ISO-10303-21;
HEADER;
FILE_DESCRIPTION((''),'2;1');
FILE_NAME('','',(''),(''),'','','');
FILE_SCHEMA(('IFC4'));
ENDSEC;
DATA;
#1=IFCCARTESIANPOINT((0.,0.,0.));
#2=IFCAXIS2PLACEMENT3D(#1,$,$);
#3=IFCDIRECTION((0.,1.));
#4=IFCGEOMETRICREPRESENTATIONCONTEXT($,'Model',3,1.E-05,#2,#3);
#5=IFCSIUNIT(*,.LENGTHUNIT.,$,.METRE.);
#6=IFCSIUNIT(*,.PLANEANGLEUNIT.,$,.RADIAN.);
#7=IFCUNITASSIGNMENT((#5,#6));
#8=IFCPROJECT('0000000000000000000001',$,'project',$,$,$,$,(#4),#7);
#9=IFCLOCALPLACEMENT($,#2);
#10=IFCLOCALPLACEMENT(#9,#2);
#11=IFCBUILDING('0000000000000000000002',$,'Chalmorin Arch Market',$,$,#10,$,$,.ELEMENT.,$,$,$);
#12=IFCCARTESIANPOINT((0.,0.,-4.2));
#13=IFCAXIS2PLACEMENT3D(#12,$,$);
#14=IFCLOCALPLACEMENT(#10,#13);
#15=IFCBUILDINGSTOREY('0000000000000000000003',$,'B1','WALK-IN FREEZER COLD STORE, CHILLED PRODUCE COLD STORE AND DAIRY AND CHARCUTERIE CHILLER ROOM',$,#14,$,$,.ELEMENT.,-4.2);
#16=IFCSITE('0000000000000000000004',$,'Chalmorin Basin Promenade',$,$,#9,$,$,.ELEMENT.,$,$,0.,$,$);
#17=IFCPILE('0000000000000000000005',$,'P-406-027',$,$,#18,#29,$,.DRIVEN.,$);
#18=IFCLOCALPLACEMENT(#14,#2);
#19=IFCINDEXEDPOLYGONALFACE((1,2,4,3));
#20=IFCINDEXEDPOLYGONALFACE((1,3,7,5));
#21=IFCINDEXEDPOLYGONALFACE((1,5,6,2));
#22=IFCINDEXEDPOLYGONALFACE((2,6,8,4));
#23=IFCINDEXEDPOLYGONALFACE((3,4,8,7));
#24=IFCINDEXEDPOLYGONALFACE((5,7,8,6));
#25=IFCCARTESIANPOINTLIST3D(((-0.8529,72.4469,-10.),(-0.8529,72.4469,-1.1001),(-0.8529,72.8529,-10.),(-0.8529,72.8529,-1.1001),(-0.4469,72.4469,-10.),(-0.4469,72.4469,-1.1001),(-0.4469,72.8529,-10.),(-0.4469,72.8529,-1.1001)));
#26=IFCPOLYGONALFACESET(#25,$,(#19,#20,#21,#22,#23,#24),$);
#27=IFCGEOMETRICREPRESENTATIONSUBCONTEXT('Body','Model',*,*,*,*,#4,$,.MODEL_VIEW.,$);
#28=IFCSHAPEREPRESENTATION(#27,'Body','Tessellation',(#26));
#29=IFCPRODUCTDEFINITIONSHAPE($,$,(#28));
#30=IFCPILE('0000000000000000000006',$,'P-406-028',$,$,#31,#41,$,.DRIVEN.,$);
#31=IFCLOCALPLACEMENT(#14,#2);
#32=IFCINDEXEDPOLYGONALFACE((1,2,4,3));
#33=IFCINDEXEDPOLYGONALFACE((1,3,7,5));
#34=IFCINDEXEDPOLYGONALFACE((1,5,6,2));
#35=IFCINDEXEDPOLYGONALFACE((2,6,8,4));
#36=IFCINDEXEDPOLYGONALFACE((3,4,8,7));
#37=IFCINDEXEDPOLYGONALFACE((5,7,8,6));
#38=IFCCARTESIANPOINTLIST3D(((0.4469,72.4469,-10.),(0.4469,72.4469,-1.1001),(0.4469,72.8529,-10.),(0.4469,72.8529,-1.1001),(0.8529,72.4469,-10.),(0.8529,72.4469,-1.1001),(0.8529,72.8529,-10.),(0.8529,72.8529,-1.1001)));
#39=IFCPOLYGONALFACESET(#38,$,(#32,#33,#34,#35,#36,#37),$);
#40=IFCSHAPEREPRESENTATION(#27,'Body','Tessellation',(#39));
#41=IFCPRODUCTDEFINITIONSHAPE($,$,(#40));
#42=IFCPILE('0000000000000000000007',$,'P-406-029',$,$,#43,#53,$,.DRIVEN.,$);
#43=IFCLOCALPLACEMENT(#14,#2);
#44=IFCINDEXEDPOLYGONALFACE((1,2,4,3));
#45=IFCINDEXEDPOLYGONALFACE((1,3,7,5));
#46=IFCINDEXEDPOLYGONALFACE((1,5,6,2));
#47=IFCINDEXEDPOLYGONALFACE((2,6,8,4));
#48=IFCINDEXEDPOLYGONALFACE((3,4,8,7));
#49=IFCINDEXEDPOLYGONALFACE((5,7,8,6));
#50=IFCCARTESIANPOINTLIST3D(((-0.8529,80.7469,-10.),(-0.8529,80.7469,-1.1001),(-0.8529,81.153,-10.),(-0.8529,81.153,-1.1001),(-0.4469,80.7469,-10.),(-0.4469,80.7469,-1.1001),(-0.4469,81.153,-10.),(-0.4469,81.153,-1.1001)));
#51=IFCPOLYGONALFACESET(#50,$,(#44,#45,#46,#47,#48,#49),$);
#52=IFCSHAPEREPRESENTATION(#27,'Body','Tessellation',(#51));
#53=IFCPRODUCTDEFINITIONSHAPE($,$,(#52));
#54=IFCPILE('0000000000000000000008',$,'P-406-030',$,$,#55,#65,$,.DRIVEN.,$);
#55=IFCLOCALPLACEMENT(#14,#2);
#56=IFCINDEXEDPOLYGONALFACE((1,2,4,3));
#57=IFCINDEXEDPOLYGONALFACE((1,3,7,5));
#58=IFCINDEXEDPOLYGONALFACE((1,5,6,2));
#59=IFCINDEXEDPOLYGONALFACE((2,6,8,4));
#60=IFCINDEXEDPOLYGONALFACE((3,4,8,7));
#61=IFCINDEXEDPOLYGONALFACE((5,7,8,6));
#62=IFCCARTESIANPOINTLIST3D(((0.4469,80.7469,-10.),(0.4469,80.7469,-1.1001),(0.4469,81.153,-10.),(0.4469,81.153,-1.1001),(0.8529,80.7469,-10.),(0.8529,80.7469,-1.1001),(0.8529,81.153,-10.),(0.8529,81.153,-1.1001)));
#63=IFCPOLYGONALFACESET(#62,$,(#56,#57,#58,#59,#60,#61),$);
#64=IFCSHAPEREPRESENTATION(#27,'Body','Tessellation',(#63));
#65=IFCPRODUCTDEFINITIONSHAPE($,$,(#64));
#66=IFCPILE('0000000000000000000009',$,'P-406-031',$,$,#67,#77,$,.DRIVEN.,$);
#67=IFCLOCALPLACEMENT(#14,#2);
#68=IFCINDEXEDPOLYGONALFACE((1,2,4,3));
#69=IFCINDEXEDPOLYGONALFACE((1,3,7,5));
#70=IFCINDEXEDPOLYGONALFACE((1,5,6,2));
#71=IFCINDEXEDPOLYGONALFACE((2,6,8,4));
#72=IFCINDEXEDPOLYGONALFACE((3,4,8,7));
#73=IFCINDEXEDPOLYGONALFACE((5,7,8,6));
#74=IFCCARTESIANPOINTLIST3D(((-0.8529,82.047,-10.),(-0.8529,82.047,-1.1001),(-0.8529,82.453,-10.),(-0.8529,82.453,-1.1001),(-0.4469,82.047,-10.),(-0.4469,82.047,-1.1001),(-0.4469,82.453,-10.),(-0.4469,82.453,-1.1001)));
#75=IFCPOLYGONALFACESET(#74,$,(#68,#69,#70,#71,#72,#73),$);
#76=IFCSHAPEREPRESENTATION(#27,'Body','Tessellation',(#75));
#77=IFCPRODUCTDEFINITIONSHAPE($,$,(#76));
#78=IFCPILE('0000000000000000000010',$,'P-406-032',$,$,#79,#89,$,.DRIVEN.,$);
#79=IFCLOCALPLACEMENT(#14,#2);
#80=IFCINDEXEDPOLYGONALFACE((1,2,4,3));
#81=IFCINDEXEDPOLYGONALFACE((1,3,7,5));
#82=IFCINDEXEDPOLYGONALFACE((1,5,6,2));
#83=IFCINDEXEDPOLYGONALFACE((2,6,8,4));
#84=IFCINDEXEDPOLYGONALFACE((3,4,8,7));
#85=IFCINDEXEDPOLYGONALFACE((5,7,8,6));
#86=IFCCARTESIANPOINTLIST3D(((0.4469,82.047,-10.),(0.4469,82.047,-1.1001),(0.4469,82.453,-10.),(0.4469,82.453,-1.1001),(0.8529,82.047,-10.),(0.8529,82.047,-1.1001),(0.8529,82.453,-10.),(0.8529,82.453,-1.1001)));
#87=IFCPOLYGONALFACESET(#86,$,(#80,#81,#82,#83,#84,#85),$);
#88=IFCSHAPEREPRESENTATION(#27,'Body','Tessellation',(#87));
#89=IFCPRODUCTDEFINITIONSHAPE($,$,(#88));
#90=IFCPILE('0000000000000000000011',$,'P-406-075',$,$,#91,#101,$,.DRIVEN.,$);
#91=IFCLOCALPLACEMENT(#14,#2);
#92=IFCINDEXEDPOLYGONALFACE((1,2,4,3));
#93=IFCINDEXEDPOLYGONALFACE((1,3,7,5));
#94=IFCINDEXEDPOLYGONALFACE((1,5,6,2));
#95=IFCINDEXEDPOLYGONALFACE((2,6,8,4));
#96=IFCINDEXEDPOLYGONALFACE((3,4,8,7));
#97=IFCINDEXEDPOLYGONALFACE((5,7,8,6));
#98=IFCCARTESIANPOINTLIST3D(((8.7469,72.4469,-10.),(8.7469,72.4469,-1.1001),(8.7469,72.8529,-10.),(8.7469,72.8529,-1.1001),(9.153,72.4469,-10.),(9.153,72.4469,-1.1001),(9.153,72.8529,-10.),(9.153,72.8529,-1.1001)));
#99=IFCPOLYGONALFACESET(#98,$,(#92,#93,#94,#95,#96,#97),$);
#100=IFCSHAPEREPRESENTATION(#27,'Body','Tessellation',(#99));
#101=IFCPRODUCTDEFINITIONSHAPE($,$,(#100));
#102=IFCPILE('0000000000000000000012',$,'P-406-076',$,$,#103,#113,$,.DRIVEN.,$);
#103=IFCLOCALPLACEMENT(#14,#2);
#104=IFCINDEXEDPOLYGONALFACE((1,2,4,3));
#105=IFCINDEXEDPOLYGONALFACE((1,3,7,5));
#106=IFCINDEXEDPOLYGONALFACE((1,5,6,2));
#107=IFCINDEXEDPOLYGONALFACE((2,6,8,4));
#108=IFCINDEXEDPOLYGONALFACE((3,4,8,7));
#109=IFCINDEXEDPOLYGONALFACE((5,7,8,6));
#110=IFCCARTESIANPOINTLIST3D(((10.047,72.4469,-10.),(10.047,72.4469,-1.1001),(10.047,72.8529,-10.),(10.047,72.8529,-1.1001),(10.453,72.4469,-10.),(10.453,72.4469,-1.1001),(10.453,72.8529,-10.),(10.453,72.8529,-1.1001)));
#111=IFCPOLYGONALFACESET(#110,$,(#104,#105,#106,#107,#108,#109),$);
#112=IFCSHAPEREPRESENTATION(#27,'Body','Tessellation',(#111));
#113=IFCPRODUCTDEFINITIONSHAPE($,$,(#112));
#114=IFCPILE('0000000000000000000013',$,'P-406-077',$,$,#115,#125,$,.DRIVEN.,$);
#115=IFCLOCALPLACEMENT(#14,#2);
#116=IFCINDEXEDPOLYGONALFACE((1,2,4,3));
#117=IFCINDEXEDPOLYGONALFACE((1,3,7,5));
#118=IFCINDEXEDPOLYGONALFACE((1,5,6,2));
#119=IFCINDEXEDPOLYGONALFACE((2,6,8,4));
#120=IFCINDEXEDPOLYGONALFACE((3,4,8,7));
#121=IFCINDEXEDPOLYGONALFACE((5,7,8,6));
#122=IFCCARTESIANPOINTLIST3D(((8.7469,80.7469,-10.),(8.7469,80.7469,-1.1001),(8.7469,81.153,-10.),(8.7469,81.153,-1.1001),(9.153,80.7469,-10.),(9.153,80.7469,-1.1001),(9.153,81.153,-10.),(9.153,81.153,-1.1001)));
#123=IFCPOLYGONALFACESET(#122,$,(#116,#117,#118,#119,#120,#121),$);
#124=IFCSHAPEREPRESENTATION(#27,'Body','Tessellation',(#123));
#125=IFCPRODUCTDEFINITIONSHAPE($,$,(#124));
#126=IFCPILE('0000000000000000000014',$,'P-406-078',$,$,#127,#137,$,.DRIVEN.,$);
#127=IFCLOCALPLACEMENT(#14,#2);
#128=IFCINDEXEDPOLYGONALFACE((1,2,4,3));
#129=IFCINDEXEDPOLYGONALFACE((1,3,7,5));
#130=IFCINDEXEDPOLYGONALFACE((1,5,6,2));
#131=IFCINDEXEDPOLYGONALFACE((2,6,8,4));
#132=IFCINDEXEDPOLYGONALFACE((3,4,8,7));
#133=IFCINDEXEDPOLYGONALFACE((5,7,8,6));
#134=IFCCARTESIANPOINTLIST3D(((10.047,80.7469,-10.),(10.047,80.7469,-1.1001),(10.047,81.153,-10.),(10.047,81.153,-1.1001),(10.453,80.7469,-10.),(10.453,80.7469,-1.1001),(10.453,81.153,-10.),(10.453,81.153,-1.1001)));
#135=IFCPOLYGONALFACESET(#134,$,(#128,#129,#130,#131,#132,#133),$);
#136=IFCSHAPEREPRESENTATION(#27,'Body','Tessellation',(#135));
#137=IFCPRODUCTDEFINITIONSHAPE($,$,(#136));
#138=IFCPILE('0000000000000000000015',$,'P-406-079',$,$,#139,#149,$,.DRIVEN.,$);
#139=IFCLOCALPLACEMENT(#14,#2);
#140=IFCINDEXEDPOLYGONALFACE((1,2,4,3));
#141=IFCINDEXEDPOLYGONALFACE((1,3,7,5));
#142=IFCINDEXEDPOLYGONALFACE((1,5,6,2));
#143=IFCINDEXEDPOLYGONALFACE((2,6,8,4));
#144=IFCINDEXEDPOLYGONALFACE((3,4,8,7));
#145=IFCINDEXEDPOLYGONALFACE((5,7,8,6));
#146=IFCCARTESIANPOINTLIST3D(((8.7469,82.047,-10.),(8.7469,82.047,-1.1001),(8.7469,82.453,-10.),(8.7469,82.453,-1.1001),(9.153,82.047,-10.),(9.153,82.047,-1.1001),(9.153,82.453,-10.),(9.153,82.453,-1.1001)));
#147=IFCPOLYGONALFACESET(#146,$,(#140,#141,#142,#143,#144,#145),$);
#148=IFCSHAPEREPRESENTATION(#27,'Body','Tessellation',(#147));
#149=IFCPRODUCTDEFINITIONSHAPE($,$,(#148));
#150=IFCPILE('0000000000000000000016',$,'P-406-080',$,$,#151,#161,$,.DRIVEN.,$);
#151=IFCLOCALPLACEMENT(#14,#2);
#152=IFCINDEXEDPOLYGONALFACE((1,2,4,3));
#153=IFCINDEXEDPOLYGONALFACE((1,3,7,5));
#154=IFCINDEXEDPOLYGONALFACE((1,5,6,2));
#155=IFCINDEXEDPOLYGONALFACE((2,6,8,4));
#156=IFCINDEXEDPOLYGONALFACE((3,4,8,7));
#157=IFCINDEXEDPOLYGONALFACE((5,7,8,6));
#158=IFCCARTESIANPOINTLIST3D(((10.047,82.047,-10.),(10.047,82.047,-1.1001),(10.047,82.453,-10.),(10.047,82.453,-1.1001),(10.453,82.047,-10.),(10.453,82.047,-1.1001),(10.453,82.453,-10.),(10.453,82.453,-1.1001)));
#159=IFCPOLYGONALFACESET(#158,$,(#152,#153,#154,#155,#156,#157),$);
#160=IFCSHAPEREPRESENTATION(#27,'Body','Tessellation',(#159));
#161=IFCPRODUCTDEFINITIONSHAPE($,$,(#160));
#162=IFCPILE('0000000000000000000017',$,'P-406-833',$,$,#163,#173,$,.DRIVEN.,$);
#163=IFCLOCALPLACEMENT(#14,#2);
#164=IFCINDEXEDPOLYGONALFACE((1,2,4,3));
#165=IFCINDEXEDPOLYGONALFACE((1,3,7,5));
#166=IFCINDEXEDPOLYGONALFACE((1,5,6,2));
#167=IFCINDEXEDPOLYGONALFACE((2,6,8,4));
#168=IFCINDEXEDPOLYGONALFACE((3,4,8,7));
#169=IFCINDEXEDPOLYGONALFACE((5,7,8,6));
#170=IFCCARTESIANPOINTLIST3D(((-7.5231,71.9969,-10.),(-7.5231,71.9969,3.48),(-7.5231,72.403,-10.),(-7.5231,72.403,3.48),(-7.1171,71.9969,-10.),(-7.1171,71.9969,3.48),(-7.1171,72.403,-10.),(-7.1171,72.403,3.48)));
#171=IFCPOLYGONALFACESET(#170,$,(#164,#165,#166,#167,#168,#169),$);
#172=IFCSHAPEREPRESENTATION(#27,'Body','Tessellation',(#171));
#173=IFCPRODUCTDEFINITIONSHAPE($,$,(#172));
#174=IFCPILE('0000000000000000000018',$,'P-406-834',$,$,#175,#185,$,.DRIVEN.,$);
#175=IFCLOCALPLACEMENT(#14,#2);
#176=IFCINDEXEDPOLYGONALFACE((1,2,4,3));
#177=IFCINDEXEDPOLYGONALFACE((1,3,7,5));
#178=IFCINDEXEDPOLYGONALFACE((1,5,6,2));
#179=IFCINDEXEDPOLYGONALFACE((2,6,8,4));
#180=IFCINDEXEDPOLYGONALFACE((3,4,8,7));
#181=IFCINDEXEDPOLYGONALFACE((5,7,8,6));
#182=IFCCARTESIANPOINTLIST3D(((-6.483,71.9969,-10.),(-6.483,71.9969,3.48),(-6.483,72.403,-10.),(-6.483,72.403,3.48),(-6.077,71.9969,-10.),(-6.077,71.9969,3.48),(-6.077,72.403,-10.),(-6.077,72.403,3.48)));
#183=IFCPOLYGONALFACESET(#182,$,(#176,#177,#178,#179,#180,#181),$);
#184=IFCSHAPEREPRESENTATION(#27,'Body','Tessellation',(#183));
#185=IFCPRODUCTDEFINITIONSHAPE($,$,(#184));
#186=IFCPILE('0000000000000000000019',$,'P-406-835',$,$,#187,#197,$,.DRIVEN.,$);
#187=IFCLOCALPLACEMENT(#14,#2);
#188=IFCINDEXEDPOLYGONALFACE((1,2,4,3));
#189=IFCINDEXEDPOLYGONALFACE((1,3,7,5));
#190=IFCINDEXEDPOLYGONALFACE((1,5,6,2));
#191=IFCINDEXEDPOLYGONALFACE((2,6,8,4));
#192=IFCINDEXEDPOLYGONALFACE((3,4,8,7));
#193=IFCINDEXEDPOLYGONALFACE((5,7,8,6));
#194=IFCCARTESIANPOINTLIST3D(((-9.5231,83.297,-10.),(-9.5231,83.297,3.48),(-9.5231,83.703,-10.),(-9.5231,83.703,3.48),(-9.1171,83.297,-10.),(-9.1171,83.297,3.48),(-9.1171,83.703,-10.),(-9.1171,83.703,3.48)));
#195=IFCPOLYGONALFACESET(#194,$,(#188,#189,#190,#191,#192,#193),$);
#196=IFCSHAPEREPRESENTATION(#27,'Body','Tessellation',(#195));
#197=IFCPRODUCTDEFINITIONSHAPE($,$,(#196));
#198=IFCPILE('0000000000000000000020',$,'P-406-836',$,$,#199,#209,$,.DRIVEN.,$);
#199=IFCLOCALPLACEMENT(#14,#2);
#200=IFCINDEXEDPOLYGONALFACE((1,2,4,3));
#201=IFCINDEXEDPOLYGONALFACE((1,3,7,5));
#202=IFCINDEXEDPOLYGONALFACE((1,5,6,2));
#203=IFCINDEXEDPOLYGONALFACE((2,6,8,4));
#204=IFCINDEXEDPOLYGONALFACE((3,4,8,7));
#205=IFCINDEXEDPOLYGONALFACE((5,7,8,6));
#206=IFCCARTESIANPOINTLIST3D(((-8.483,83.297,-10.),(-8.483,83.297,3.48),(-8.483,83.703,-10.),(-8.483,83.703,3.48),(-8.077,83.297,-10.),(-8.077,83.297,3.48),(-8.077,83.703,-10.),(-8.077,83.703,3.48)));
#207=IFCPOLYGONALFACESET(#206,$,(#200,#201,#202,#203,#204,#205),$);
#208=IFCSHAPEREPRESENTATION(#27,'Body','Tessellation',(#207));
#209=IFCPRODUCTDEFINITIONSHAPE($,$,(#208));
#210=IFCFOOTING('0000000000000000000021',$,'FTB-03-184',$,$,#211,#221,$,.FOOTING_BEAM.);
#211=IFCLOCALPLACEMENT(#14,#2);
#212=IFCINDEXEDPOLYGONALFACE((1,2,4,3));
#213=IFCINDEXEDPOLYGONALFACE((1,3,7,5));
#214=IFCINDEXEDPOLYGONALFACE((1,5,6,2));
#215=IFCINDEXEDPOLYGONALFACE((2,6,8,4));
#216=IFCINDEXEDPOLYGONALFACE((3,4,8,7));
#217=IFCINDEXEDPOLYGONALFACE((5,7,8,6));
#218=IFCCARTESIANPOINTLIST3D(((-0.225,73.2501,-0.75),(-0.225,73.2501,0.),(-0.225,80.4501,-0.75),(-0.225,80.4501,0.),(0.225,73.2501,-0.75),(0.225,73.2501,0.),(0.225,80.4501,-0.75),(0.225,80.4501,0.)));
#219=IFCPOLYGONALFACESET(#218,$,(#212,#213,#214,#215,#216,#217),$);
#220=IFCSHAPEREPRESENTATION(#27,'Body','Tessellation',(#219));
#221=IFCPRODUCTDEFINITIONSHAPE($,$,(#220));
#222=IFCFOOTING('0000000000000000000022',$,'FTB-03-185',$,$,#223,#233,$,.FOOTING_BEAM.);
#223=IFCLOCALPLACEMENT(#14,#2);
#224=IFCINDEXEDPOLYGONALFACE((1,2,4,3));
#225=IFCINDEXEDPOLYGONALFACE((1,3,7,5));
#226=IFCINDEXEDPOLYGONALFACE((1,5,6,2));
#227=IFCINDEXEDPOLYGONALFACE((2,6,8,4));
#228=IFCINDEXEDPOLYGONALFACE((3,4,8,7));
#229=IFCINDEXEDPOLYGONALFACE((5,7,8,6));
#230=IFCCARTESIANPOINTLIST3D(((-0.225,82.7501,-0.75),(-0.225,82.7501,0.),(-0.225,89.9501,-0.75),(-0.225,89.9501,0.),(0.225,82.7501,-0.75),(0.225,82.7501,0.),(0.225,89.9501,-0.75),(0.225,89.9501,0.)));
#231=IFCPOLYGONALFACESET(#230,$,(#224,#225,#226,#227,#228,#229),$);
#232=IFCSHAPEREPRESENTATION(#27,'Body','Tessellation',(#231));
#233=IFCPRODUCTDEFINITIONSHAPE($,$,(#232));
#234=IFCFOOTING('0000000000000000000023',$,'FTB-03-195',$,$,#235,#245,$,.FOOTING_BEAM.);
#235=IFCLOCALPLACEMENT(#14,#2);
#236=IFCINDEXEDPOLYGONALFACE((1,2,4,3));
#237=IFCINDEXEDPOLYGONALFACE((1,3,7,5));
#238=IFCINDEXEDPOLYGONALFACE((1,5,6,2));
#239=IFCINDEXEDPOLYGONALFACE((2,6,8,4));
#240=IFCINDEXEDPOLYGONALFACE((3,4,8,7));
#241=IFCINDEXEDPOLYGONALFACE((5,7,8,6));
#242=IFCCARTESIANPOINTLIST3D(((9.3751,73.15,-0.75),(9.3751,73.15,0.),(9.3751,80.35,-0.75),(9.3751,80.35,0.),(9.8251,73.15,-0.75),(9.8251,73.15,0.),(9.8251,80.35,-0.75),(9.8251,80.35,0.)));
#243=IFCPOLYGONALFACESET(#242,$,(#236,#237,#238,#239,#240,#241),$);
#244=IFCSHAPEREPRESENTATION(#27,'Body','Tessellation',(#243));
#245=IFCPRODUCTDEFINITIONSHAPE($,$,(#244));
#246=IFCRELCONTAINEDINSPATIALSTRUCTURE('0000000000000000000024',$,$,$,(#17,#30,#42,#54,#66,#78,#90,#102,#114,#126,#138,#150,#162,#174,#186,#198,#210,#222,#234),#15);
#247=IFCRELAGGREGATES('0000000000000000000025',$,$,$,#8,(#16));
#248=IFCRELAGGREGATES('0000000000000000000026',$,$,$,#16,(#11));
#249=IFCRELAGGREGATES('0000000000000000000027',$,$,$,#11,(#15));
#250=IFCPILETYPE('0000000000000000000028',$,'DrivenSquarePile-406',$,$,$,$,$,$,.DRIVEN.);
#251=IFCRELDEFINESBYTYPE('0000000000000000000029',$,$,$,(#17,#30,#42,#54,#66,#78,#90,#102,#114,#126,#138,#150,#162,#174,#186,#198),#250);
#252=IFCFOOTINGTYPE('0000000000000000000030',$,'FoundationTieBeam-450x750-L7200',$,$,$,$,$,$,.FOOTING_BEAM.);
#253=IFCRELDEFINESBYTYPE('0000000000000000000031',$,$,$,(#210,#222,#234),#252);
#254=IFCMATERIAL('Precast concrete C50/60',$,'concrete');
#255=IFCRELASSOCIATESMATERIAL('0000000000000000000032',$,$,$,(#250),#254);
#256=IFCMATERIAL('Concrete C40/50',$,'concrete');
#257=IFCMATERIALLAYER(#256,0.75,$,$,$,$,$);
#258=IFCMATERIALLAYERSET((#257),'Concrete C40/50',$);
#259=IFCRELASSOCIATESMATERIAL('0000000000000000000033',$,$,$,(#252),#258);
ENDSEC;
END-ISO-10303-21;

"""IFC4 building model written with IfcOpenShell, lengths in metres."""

from ifc_helpers import new_model, si_unit, direction, frame, origin, origin_2d, place, context, subcontext, project, spatial, rectangle, extrude, material, layer, layer_set, material_profile, profile_set, type_object, element, save


model = new_model("IFC4")

# Units and contexts
model_context = context("Model", 3, precision=1e-05, world=origin(), true_north=direction((0.0, 1.0)))
body_context = subcontext(model_context, "Body", "Model", "MODEL_VIEW")
ifc_project = project(units=[si_unit("LENGTHUNIT", "METRE"), si_unit("PLANEANGLEUNIT", "RADIAN")], contexts=[model_context])

# Site, building, storey
site_placement = place(None, origin())
site = spatial("IfcSite", under=ifc_project, at=site_placement, Name="Chalmorin Basin Promenade", CompositionType="ELEMENT", RefElevation=0.0)
building_placement = place(site_placement, origin())
building = spatial("IfcBuilding", under=site, at=building_placement, Name="Chalmorin Arch Market", CompositionType="ELEMENT")
storey_placement = place(building_placement, frame((0.0, 0.0, -4.2)))
storey = spatial("IfcBuildingStorey", under=building, at=storey_placement, Name="B1", Description="WALK-IN FREEZER COLD STORE, CHILLED PRODUCE COLD STORE AND DAIRY AND CHARCUTERIE CHILLER ROOM", CompositionType="ELEMENT", Elevation=-4.2)

# Piles
ifc_material_1 = material(Name="Precast concrete C50/60", Category="concrete")
ifc_material_profile_1 = material_profile(ifc_material_1, rectangle(XDim=0.406, YDim=0.406, at=origin_2d()), Name="PPC406")
ifc_profile_set_1 = profile_set([ifc_material_profile_1], Name="Precast concrete C50/60")
pile_type = type_object("IfcPileType", Name="DrivenSquarePile-406", PredefinedType="DRIVEN", material=ifc_profile_set_1)
for number, where, z_axis, x_axis, name in (
    (1, (-0.6499, 72.6499, -1.1001), (0.0, 0.0, -1.0), (1.0, 0.0, 0.0), "P-406-027"),
    (2, (0.6499, 72.6499, -1.1001), (0.0, 0.0, -1.0), (1.0, 0.0, 0.0), "P-406-028"),
    (3, (-0.6499, 80.95, -1.1001), (0.0, 0.0, -1.0), (1.0, 0.0, 0.0), "P-406-029"),
    (4, (0.6499, 80.95, -1.1001), (0.0, 0.0, -1.0), (1.0, 0.0, 0.0), "P-406-030"),
    (5, (-0.6499, 82.25, -1.1001), (0.0, 0.0, -1.0), (1.0, 0.0, 0.0), "P-406-031"),
    (6, (0.6499, 82.25, -1.1001), (0.0, 0.0, -1.0), (1.0, 0.0, 0.0), "P-406-032"),
    (7, (8.95, 72.6499, -1.1001), (0.0, 0.0, -1.0), (1.0, 0.0, 0.0), "P-406-075"),
    (8, (10.25, 72.6499, -1.1001), (0.0, 0.0, -1.0), (1.0, 0.0, 0.0), "P-406-076"),
    (9, (8.95, 80.95, -1.1001), (0.0, 0.0, -1.0), (1.0, 0.0, 0.0), "P-406-077"),
    (10, (10.25, 80.95, -1.1001), (0.0, 0.0, -1.0), (1.0, 0.0, 0.0), "P-406-078"),
    (11, (8.95, 82.25, -1.1001), (0.0, 0.0, -1.0), (1.0, 0.0, 0.0), "P-406-079"),
    (12, (10.25, 82.25, -1.1001), (0.0, 0.0, -1.0), (1.0, 0.0, 0.0), "P-406-080"),
):
    element("IfcPile", number, at=place(storey_placement, frame(where, z_axis=z_axis, x_axis=x_axis)), inside=storey, type_object=pile_type, Name=name, PredefinedType="DRIVEN", context=body_context, shape_type="SweptSolid", body=[
        extrude(rectangle(XDim=0.406, YDim=0.406, at=origin_2d()), origin(), (0.0, 0.0, 1.0), 8.8999),
    ])
for number, where, z_axis, x_axis, name in (
    (13, (-7.3201, 72.2, 3.48), (0.0, 0.0, -1.0), (1.0, 0.0, 0.0), "P-406-833"),
    (14, (-6.28, 72.2, 3.48), (0.0, 0.0, -1.0), (1.0, 0.0, 0.0), "P-406-834"),
    (15, (-9.3201, 83.5, 3.48), (0.0, 0.0, -1.0), (1.0, 0.0, 0.0), "P-406-835"),
    (16, (-8.28, 83.5, 3.48), (0.0, 0.0, -1.0), (1.0, 0.0, 0.0), "P-406-836"),
):
    element("IfcPile", number, at=place(storey_placement, frame(where, z_axis=z_axis, x_axis=x_axis)), inside=storey, type_object=pile_type, Name=name, PredefinedType="DRIVEN", context=body_context, shape_type="SweptSolid", body=[
        extrude(rectangle(XDim=0.406, YDim=0.406, at=origin_2d()), origin(), (0.0, 0.0, 1.0), 13.48),
    ])

# Footings
ifc_material_2 = material(Name="Concrete C40/50", Category="concrete")
ifc_layer_1 = layer(ifc_material_2, 0.75)
ifc_layer_set_1 = layer_set([ifc_layer_1], Name="Concrete C40/50")
footing_type_1 = type_object("IfcFootingType", Name="FoundationTieBeam-450x750-L7200", PredefinedType="FOOTING_BEAM", material=ifc_layer_set_1)
for number, where, z_axis, x_axis, name in (
    (17, (0.0, 76.8501, -0.75), (0.0, 0.0, 1.0), (0.0, 1.0, 0.0), "FTB-03-184"),
    (18, (0.0, 86.3501, -0.75), (0.0, 0.0, 1.0), (0.0, 1.0, 0.0), "FTB-03-185"),
    (19, (9.6001, 76.75, -0.75), (0.0, 0.0, 1.0), (0.0, 1.0, 0.0), "FTB-03-195"),
):
    element("IfcFooting", number, at=place(storey_placement, frame(where, z_axis=z_axis, x_axis=x_axis)), inside=storey, type_object=footing_type_1, Name=name, PredefinedType="FOOTING_BEAM", context=body_context, shape_type="SweptSolid", body=[
        extrude(rectangle(XDim=7.2, YDim=0.45, at=origin_2d()), origin(), (0.0, 0.0, 1.0), 0.75),
    ])

save(model, "model.ifc")
